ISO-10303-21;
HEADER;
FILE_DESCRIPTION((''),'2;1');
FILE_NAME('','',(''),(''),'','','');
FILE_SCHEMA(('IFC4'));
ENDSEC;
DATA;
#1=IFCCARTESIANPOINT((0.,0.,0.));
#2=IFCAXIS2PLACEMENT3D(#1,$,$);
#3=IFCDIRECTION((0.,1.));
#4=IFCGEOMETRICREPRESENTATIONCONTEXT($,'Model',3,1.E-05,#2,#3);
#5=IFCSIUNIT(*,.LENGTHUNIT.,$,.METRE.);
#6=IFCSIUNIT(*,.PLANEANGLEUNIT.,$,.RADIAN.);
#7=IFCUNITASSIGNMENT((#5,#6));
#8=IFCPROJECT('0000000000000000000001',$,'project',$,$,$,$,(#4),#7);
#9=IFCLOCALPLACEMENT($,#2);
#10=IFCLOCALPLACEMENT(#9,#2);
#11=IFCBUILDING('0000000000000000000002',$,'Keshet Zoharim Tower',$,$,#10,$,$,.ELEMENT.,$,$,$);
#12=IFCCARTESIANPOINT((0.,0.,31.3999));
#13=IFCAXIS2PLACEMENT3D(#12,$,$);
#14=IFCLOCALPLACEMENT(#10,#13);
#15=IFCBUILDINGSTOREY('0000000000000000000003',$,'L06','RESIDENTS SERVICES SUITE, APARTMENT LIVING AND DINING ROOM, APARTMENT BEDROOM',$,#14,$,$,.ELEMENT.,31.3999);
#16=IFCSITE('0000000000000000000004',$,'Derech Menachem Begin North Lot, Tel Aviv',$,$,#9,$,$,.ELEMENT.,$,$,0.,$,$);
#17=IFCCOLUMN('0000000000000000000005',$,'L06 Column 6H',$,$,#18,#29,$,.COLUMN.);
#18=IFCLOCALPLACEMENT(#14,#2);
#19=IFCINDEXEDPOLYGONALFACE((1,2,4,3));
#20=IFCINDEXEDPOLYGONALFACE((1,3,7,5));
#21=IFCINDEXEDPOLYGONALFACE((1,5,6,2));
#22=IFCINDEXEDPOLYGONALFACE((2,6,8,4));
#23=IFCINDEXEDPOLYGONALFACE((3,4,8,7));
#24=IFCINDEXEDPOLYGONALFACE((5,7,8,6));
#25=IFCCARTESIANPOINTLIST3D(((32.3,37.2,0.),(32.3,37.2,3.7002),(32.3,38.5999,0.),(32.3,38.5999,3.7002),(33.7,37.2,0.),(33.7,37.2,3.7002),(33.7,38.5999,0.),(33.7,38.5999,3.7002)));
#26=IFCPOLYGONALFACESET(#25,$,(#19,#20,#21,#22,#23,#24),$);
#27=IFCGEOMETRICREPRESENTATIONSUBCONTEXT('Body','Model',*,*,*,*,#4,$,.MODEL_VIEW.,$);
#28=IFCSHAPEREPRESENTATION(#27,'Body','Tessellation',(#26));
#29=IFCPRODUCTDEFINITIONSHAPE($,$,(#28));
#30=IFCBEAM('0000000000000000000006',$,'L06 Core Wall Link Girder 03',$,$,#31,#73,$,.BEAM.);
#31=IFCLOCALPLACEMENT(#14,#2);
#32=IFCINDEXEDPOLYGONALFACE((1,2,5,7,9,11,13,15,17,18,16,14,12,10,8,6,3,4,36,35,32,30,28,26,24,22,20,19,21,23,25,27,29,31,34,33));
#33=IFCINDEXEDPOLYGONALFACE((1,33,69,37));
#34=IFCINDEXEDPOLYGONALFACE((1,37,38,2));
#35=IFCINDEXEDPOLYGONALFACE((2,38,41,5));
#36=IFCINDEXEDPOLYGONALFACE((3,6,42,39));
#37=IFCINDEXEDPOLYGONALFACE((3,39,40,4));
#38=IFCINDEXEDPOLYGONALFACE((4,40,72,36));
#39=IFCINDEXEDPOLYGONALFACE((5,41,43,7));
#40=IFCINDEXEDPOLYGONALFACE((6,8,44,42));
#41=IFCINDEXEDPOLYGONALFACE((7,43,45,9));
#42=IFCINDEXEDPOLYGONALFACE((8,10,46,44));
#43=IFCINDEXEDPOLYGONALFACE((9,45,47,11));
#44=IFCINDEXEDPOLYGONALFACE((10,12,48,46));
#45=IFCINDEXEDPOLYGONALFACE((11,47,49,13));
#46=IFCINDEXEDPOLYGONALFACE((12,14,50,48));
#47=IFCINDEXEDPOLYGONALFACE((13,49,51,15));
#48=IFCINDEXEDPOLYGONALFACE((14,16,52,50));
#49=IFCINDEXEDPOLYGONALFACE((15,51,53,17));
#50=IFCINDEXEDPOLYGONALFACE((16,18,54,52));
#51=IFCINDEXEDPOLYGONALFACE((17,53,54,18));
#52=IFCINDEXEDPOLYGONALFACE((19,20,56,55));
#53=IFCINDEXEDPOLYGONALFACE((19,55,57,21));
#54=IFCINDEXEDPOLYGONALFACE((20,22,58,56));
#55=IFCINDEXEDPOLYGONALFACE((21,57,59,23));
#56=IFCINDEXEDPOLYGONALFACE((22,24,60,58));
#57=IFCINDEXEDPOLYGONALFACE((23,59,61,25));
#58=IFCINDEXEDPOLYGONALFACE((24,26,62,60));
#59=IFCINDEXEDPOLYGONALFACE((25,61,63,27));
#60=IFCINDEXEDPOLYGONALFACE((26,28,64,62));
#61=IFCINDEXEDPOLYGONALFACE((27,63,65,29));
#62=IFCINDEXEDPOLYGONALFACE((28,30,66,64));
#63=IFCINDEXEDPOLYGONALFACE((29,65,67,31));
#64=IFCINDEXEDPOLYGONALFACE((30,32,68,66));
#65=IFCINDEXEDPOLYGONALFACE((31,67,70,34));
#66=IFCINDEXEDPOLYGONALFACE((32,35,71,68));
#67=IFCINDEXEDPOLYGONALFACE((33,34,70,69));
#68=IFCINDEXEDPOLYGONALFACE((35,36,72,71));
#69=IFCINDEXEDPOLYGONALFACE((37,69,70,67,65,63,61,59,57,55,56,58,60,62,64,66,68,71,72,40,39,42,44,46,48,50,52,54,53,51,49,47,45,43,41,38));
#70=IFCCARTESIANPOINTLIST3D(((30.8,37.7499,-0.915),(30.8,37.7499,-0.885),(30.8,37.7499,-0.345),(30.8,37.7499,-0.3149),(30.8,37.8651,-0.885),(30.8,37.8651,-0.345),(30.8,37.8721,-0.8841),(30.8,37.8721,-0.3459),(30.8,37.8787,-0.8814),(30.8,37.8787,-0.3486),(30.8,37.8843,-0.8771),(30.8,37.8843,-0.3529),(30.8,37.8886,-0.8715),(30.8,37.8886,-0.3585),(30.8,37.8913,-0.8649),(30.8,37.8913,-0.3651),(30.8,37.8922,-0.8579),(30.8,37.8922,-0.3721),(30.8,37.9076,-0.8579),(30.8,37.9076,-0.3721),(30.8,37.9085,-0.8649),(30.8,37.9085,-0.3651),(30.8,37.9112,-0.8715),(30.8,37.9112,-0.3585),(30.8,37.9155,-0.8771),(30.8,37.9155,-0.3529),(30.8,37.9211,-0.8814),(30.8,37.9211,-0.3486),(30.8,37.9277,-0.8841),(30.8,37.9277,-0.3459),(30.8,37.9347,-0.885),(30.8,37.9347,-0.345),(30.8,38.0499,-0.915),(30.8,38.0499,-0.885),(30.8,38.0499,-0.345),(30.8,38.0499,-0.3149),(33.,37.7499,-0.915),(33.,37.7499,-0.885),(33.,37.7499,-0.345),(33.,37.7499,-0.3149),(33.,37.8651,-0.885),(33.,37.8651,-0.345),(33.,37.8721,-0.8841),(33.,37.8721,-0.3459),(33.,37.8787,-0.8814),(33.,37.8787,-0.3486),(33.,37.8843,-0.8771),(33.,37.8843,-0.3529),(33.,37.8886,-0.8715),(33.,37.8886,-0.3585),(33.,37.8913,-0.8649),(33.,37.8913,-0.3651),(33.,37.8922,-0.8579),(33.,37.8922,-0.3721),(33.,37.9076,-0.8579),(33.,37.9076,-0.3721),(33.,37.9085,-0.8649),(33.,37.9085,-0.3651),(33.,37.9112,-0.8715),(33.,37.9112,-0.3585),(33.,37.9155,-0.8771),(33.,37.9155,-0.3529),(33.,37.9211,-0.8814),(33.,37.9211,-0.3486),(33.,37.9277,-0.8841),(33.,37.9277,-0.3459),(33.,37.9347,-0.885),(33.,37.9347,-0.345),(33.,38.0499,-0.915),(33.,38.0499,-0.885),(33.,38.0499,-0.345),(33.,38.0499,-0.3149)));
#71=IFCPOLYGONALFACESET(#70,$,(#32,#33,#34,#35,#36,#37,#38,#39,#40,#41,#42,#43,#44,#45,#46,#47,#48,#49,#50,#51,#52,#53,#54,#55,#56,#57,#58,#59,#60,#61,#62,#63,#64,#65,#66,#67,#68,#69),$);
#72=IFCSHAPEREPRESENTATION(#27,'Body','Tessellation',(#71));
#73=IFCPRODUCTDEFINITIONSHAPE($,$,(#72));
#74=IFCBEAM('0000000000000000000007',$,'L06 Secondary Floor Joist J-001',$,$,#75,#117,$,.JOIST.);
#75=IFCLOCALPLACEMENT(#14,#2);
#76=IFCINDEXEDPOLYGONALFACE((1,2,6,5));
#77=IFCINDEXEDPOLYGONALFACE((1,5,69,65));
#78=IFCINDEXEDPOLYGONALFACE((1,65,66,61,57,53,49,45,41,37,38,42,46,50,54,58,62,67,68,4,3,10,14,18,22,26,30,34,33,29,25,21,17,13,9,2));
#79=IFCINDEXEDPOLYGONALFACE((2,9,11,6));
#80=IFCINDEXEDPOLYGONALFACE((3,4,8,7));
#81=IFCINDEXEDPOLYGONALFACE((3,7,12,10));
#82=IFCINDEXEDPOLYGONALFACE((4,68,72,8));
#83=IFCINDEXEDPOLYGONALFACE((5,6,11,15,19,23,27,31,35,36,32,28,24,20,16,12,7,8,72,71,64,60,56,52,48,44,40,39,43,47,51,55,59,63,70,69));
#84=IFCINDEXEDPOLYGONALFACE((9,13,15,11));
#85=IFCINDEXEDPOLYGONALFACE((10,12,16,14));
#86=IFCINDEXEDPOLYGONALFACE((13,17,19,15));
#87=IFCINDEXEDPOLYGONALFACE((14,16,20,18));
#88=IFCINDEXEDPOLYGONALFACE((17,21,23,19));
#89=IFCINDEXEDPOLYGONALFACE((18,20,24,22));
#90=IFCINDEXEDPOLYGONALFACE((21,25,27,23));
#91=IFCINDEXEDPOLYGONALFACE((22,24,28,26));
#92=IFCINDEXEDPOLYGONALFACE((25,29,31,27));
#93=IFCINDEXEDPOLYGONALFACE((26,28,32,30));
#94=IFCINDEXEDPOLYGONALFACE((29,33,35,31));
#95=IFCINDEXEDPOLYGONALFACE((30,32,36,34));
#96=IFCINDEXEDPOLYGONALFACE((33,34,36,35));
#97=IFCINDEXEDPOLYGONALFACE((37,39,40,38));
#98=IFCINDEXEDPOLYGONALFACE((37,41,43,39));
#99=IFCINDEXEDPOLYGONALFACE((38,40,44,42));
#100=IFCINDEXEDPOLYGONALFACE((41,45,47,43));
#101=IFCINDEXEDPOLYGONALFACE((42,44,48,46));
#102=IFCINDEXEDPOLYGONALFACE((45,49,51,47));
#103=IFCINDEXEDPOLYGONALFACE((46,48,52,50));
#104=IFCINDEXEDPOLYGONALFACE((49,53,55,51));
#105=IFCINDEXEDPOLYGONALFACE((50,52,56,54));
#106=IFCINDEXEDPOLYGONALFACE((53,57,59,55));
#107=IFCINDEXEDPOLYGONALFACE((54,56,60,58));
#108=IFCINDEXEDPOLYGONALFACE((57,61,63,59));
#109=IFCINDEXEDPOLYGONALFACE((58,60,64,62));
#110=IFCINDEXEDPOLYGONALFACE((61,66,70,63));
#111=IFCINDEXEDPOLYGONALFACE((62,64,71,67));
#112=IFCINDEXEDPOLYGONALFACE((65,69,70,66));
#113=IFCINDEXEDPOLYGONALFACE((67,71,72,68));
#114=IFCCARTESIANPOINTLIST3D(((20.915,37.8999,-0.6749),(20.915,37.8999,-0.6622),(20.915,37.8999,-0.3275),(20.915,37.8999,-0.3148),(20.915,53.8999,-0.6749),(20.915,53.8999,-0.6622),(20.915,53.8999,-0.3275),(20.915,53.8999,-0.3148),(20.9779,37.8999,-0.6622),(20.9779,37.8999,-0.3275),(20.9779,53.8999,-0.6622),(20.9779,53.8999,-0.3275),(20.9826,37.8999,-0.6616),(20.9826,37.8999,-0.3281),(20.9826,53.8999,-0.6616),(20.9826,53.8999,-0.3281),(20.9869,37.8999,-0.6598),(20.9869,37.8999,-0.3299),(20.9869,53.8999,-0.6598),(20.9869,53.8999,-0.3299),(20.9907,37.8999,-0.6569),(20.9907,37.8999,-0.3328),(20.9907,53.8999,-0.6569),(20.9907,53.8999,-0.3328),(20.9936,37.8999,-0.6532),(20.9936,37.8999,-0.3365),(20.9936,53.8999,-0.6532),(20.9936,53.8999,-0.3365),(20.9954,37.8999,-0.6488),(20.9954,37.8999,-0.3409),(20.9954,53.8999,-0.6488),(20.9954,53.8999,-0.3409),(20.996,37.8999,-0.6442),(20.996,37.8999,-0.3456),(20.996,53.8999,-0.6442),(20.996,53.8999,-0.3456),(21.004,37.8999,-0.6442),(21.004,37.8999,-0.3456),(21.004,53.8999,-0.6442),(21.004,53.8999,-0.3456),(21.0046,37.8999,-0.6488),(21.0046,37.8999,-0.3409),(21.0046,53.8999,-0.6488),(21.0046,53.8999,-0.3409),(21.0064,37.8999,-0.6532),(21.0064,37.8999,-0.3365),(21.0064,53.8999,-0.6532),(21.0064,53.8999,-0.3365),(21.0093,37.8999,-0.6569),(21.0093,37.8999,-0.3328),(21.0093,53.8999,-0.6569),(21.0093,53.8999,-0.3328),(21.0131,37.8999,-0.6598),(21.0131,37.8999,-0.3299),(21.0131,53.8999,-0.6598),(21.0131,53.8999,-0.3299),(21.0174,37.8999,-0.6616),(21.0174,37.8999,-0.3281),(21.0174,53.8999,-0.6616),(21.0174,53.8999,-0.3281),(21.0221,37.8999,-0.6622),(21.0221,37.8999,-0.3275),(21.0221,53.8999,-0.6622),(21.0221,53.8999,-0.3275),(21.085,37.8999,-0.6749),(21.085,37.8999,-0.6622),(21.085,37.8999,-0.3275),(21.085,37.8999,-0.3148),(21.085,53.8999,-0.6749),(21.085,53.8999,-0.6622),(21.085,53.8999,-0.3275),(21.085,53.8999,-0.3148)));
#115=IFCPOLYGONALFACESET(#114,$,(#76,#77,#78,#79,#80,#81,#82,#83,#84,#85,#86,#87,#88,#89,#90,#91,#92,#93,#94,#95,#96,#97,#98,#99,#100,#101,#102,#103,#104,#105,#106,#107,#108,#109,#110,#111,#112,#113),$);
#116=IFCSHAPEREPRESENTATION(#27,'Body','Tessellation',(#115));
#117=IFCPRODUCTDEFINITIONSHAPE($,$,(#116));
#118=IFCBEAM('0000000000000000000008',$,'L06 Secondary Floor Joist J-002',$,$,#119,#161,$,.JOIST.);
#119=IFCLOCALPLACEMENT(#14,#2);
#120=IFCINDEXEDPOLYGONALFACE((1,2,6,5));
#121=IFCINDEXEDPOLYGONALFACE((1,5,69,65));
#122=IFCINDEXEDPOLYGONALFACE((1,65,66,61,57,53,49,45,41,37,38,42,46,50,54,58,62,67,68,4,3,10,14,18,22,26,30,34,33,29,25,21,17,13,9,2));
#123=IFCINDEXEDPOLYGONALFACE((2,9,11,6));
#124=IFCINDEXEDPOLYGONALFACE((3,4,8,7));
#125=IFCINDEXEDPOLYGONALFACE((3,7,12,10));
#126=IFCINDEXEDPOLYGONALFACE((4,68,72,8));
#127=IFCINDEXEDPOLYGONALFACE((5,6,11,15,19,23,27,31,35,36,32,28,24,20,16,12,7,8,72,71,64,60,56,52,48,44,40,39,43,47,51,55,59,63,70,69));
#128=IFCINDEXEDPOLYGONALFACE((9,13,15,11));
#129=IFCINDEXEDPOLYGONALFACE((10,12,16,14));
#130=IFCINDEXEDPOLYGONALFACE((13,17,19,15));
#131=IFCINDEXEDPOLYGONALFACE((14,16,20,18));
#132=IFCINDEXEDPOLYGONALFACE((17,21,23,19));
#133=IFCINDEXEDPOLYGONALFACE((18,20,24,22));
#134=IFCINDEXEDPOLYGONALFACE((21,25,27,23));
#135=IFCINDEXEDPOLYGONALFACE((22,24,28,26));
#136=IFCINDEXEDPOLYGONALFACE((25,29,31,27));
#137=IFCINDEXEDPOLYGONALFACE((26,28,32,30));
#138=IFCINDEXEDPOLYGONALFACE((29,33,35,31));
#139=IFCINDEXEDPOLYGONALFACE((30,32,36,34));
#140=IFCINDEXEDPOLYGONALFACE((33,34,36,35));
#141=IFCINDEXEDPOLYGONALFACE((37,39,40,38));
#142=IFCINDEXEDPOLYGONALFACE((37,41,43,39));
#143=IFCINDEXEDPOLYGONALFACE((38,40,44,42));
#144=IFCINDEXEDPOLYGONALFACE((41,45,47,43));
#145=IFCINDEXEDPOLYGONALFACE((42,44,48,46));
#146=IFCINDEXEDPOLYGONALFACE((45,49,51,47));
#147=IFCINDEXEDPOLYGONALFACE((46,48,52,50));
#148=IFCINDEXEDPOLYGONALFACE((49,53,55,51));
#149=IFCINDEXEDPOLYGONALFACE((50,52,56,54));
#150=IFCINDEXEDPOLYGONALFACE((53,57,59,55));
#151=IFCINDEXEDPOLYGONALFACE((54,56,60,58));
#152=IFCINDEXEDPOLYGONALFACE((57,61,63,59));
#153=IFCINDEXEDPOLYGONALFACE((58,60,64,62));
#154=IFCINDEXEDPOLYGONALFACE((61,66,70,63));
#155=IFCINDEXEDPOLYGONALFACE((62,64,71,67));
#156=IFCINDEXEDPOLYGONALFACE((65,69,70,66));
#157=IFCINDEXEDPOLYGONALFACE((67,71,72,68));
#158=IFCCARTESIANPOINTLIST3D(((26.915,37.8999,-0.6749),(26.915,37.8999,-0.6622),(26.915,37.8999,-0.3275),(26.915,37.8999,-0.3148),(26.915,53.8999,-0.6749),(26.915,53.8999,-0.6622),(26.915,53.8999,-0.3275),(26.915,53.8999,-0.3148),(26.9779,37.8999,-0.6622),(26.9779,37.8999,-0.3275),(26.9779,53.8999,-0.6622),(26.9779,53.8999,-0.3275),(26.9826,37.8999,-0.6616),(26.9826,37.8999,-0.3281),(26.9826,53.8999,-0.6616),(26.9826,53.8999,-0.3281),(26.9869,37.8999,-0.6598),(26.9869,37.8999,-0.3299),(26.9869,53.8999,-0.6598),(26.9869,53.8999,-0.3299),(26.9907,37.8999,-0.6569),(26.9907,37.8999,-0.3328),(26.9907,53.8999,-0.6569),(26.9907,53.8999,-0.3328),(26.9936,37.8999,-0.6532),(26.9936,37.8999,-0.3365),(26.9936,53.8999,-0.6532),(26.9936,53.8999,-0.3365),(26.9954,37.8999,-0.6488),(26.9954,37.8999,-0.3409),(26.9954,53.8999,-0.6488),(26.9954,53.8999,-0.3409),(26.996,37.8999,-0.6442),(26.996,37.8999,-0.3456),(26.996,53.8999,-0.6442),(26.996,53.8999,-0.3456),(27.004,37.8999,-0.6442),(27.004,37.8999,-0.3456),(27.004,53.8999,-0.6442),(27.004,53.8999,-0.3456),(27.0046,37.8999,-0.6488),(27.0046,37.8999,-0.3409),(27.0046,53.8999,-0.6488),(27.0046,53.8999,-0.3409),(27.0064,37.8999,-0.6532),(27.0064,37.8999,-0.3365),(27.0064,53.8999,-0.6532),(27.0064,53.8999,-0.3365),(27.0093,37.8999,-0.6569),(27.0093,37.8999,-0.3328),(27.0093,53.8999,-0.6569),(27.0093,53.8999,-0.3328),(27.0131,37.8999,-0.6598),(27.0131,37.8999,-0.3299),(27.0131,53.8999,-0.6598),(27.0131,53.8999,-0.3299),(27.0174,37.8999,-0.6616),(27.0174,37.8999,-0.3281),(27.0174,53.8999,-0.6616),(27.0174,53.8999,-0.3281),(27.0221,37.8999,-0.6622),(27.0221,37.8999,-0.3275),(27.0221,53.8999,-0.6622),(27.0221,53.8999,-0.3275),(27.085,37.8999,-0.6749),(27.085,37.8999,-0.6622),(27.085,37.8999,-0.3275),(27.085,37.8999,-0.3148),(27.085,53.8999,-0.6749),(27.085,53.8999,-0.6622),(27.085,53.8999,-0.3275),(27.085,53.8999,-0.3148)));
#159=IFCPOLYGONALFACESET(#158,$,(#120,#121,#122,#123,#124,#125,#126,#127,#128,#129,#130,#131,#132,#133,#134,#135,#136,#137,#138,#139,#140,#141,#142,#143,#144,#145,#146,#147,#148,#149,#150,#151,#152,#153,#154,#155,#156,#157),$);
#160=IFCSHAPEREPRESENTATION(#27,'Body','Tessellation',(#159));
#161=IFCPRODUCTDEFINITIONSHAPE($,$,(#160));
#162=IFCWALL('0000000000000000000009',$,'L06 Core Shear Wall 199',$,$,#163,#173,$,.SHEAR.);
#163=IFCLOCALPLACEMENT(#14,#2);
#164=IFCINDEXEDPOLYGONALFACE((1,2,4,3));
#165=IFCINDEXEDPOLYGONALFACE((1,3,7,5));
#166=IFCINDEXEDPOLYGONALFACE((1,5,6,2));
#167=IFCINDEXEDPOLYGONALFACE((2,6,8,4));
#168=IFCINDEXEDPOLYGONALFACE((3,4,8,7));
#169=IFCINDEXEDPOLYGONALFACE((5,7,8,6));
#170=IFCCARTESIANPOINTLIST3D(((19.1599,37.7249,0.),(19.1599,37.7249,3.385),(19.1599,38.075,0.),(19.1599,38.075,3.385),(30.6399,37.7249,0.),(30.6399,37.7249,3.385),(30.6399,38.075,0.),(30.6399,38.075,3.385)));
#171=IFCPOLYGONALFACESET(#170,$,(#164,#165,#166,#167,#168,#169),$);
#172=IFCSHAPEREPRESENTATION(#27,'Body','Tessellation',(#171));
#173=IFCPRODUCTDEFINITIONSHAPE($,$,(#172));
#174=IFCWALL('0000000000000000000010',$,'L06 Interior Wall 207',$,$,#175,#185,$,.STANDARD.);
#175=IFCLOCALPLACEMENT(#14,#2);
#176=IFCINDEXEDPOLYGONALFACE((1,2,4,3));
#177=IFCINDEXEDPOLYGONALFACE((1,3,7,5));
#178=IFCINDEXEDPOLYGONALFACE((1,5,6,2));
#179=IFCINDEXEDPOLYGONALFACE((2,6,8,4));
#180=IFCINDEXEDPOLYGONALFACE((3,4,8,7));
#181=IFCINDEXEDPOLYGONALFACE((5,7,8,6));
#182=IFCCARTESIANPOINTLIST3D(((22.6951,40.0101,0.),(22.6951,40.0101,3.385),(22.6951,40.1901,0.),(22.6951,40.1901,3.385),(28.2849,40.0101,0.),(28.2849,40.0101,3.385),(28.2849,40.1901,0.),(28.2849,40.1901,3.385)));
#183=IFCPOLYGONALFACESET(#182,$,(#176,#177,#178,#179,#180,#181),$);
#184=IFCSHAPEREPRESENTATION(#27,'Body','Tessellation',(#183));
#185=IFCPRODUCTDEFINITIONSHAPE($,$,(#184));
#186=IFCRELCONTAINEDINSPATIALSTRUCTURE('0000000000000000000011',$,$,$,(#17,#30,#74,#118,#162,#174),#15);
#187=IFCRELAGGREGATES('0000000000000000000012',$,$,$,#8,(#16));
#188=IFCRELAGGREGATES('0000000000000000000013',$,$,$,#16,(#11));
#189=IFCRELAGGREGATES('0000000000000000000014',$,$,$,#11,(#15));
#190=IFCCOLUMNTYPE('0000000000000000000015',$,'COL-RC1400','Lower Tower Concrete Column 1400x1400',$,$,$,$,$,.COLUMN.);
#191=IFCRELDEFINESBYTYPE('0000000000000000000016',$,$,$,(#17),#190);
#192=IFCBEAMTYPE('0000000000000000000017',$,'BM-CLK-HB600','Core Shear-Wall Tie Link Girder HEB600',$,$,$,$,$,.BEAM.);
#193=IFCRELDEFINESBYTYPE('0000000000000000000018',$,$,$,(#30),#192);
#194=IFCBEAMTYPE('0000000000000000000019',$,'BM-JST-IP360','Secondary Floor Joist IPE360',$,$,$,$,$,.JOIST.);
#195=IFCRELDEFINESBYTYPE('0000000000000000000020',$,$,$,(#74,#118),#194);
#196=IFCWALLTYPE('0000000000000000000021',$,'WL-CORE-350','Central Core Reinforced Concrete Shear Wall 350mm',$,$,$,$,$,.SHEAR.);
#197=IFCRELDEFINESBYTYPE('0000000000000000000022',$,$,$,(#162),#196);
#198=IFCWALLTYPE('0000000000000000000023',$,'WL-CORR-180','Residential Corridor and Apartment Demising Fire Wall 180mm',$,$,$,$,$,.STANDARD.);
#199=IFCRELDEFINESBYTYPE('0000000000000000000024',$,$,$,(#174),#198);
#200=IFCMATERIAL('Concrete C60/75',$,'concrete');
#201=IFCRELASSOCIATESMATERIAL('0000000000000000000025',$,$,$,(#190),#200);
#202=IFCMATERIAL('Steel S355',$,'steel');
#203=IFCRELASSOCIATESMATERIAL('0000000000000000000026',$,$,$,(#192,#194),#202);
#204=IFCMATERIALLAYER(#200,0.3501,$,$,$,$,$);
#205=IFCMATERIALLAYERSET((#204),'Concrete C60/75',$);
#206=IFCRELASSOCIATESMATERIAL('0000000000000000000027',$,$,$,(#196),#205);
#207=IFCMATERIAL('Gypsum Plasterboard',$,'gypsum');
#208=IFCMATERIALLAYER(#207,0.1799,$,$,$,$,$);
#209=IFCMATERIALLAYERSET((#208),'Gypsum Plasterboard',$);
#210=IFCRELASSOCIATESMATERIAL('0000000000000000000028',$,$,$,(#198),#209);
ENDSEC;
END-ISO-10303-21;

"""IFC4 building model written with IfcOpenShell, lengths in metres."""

from ifc_helpers import new_model, si_unit, direction, frame, frame_2d, origin, origin_2d, place, context, subcontext, project, spatial, rectangle, i_section, extrude, material, layer, layer_set, material_profile, profile_set, type_object, element, save


model = new_model("IFC4")

# Units and contexts
model_context = context("Model", 3, precision=1e-05, world=origin(), true_north=direction((0.0, 1.0)))
body_context = subcontext(model_context, "Body", "Model", "MODEL_VIEW")
ifc_project = project(units=[si_unit("LENGTHUNIT", "METRE"), si_unit("PLANEANGLEUNIT", "RADIAN")], contexts=[model_context])

# Site, building, storey
site_placement = place(None, origin())
site = spatial("IfcSite", under=ifc_project, at=site_placement, Name="Derech Menachem Begin North Lot, Tel Aviv", CompositionType="ELEMENT", RefElevation=0.0)
building_placement = place(site_placement, origin())
building = spatial("IfcBuilding", under=site, at=building_placement, Name="Keshet Zoharim Tower", CompositionType="ELEMENT")
storey_placement = place(building_placement, frame((0.0, 0.0, 31.3999)))
storey = spatial("IfcBuildingStorey", under=building, at=storey_placement, Name="L06", Description="RESIDENTS SERVICES SUITE, APARTMENT LIVING AND DINING ROOM, APARTMENT BEDROOM", CompositionType="ELEMENT", Elevation=31.3999)

# Column
ifc_material_1 = material(Name="Concrete C60/75", Category="concrete")
ifc_material_profile_1 = material_profile(ifc_material_1, rectangle(XDim=1.3999, YDim=1.3999, at=origin_2d()), Name="RC1400x1400")
ifc_profile_set_1 = profile_set([ifc_material_profile_1], Name="Concrete C60/75")
column_type = type_object("IfcColumnType", Name="COL-RC1400", Description="Lower Tower Concrete Column 1400x1400", PredefinedType="COLUMN", material=ifc_profile_set_1)
column_placement = place(storey_placement, frame((33.0, 37.8999, 0.0), z_axis=(0.0, 0.0, 1.0), x_axis=(1.0, 0.0, 0.0)))
element("IfcColumn", 1, at=column_placement, inside=storey, type_object=column_type, Name="L06 Column 6H", PredefinedType="COLUMN", context=body_context, shape_type="SweptSolid", body=[
    extrude(rectangle(XDim=1.3999, YDim=1.3999, at=origin_2d()), origin(), (0.0, 0.0, 1.0), 3.7002),
])

# Beams
ifc_material_2 = material(Name="Steel S355", Category="steel")
ifc_material_profile_2 = material_profile(ifc_material_2, i_section(OverallWidth=0.3, OverallDepth=0.6001, WebThickness=0.0154, FlangeThickness=0.03, FilletRadius=0.0271, at=origin_2d()), Name="HEB600")
ifc_profile_set_2 = profile_set([ifc_material_profile_2], Name="Steel S355")
beam_type_1 = type_object("IfcBeamType", Name="BM-CLK-HB600", Description="Core Shear-Wall Tie Link Girder HEB600", PredefinedType="BEAM", material=ifc_profile_set_2)
beam_placement = place(storey_placement, frame((30.8, 37.8999, -0.615), z_axis=(1.0, 0.0, 0.0), x_axis=(0.0, 1.0, 0.0)))
element("IfcBeam", 2, at=beam_placement, inside=storey, type_object=beam_type_1, Name="L06 Core Wall Link Girder 03", PredefinedType="BEAM", context=body_context, shape_type="SweptSolid", body=[
    extrude(i_section(OverallWidth=0.3, OverallDepth=0.6001, WebThickness=0.0154, FlangeThickness=0.03, FilletRadius=0.0271, at=origin_2d()), origin(), (0.0, 0.0, 1.0), 2.2),
])
ifc_material_profile_3 = material_profile(ifc_material_2, i_section(OverallWidth=0.1699, OverallDepth=0.3601, WebThickness=0.0081, FlangeThickness=0.0127, FilletRadius=0.0181, at=origin_2d()), Name="IPE360")
ifc_profile_set_3 = profile_set([ifc_material_profile_3], Name="Steel S355")
beam_type_2 = type_object("IfcBeamType", Name="BM-JST-IP360", Description="Secondary Floor Joist IPE360", PredefinedType="JOIST", material=ifc_profile_set_3)
for number, where, z_axis, x_axis, name in (
    (3, (21.0, 37.8999, -0.4949), (0.0, 1.0, 0.0), (-1.0, 0.0, 0.0), "L06 Secondary Floor Joist J-001"),
    (4, (27.0, 37.8999, -0.4949), (0.0, 1.0, 0.0), (-1.0, 0.0, 0.0), "L06 Secondary Floor Joist J-002"),
):
    element("IfcBeam", number, at=place(storey_placement, frame(where, z_axis=z_axis, x_axis=x_axis)), inside=storey, type_object=beam_type_2, Name=name, PredefinedType="JOIST", context=body_context, shape_type="SweptSolid", body=[
        extrude(i_section(OverallWidth=0.1699, OverallDepth=0.3601, WebThickness=0.0081, FlangeThickness=0.0127, FilletRadius=0.0181, at=origin_2d()), origin(), (0.0, 0.0, 1.0), 16.0),
    ])

# Walls
ifc_layer_1 = layer(ifc_material_1, 0.3501)
ifc_layer_set_1 = layer_set([ifc_layer_1], Name="Concrete C60/75")
wall_type_1 = type_object("IfcWallType", Name="WL-CORE-350", Description="Central Core Reinforced Concrete Shear Wall 350mm", PredefinedType="SHEAR", material=ifc_layer_set_1)
wall_1_placement = place(storey_placement, frame((19.1599, 37.8999, 0.0), z_axis=(0.0, 0.0, 1.0), x_axis=(1.0, 0.0, 0.0)))
element("IfcWall", 5, at=wall_1_placement, inside=storey, type_object=wall_type_1, Name="L06 Core Shear Wall 199", PredefinedType="SHEAR", context=body_context, shape_type="SweptSolid", body=[
    extrude(rectangle(XDim=11.48, YDim=0.3501, at=frame_2d((5.74, 0.0))), origin(), (0.0, 0.0, 1.0), 3.385),
])
ifc_material_3 = material(Name="Gypsum Plasterboard", Category="gypsum")
ifc_layer_2 = layer(ifc_material_3, 0.1799)
ifc_layer_set_2 = layer_set([ifc_layer_2], Name="Gypsum Plasterboard")
wall_type_2 = type_object("IfcWallType", Name="WL-CORR-180", Description="Residential Corridor and Apartment Demising Fire Wall 180mm", PredefinedType="STANDARD", material=ifc_layer_set_2)
wall_2_placement = place(storey_placement, frame((22.6951, 40.1001, 0.0), z_axis=(0.0, 0.0, 1.0), x_axis=(1.0, 0.0, 0.0)))
element("IfcWall", 6, at=wall_2_placement, inside=storey, type_object=wall_type_2, Name="L06 Interior Wall 207", PredefinedType="STANDARD", context=body_context, shape_type="SweptSolid", body=[
    extrude(rectangle(XDim=5.5898, YDim=0.1799, at=frame_2d((2.7949, 0.0))), origin(), (0.0, 0.0, 1.0), 3.385),
])

save(model, "model.ifc")
